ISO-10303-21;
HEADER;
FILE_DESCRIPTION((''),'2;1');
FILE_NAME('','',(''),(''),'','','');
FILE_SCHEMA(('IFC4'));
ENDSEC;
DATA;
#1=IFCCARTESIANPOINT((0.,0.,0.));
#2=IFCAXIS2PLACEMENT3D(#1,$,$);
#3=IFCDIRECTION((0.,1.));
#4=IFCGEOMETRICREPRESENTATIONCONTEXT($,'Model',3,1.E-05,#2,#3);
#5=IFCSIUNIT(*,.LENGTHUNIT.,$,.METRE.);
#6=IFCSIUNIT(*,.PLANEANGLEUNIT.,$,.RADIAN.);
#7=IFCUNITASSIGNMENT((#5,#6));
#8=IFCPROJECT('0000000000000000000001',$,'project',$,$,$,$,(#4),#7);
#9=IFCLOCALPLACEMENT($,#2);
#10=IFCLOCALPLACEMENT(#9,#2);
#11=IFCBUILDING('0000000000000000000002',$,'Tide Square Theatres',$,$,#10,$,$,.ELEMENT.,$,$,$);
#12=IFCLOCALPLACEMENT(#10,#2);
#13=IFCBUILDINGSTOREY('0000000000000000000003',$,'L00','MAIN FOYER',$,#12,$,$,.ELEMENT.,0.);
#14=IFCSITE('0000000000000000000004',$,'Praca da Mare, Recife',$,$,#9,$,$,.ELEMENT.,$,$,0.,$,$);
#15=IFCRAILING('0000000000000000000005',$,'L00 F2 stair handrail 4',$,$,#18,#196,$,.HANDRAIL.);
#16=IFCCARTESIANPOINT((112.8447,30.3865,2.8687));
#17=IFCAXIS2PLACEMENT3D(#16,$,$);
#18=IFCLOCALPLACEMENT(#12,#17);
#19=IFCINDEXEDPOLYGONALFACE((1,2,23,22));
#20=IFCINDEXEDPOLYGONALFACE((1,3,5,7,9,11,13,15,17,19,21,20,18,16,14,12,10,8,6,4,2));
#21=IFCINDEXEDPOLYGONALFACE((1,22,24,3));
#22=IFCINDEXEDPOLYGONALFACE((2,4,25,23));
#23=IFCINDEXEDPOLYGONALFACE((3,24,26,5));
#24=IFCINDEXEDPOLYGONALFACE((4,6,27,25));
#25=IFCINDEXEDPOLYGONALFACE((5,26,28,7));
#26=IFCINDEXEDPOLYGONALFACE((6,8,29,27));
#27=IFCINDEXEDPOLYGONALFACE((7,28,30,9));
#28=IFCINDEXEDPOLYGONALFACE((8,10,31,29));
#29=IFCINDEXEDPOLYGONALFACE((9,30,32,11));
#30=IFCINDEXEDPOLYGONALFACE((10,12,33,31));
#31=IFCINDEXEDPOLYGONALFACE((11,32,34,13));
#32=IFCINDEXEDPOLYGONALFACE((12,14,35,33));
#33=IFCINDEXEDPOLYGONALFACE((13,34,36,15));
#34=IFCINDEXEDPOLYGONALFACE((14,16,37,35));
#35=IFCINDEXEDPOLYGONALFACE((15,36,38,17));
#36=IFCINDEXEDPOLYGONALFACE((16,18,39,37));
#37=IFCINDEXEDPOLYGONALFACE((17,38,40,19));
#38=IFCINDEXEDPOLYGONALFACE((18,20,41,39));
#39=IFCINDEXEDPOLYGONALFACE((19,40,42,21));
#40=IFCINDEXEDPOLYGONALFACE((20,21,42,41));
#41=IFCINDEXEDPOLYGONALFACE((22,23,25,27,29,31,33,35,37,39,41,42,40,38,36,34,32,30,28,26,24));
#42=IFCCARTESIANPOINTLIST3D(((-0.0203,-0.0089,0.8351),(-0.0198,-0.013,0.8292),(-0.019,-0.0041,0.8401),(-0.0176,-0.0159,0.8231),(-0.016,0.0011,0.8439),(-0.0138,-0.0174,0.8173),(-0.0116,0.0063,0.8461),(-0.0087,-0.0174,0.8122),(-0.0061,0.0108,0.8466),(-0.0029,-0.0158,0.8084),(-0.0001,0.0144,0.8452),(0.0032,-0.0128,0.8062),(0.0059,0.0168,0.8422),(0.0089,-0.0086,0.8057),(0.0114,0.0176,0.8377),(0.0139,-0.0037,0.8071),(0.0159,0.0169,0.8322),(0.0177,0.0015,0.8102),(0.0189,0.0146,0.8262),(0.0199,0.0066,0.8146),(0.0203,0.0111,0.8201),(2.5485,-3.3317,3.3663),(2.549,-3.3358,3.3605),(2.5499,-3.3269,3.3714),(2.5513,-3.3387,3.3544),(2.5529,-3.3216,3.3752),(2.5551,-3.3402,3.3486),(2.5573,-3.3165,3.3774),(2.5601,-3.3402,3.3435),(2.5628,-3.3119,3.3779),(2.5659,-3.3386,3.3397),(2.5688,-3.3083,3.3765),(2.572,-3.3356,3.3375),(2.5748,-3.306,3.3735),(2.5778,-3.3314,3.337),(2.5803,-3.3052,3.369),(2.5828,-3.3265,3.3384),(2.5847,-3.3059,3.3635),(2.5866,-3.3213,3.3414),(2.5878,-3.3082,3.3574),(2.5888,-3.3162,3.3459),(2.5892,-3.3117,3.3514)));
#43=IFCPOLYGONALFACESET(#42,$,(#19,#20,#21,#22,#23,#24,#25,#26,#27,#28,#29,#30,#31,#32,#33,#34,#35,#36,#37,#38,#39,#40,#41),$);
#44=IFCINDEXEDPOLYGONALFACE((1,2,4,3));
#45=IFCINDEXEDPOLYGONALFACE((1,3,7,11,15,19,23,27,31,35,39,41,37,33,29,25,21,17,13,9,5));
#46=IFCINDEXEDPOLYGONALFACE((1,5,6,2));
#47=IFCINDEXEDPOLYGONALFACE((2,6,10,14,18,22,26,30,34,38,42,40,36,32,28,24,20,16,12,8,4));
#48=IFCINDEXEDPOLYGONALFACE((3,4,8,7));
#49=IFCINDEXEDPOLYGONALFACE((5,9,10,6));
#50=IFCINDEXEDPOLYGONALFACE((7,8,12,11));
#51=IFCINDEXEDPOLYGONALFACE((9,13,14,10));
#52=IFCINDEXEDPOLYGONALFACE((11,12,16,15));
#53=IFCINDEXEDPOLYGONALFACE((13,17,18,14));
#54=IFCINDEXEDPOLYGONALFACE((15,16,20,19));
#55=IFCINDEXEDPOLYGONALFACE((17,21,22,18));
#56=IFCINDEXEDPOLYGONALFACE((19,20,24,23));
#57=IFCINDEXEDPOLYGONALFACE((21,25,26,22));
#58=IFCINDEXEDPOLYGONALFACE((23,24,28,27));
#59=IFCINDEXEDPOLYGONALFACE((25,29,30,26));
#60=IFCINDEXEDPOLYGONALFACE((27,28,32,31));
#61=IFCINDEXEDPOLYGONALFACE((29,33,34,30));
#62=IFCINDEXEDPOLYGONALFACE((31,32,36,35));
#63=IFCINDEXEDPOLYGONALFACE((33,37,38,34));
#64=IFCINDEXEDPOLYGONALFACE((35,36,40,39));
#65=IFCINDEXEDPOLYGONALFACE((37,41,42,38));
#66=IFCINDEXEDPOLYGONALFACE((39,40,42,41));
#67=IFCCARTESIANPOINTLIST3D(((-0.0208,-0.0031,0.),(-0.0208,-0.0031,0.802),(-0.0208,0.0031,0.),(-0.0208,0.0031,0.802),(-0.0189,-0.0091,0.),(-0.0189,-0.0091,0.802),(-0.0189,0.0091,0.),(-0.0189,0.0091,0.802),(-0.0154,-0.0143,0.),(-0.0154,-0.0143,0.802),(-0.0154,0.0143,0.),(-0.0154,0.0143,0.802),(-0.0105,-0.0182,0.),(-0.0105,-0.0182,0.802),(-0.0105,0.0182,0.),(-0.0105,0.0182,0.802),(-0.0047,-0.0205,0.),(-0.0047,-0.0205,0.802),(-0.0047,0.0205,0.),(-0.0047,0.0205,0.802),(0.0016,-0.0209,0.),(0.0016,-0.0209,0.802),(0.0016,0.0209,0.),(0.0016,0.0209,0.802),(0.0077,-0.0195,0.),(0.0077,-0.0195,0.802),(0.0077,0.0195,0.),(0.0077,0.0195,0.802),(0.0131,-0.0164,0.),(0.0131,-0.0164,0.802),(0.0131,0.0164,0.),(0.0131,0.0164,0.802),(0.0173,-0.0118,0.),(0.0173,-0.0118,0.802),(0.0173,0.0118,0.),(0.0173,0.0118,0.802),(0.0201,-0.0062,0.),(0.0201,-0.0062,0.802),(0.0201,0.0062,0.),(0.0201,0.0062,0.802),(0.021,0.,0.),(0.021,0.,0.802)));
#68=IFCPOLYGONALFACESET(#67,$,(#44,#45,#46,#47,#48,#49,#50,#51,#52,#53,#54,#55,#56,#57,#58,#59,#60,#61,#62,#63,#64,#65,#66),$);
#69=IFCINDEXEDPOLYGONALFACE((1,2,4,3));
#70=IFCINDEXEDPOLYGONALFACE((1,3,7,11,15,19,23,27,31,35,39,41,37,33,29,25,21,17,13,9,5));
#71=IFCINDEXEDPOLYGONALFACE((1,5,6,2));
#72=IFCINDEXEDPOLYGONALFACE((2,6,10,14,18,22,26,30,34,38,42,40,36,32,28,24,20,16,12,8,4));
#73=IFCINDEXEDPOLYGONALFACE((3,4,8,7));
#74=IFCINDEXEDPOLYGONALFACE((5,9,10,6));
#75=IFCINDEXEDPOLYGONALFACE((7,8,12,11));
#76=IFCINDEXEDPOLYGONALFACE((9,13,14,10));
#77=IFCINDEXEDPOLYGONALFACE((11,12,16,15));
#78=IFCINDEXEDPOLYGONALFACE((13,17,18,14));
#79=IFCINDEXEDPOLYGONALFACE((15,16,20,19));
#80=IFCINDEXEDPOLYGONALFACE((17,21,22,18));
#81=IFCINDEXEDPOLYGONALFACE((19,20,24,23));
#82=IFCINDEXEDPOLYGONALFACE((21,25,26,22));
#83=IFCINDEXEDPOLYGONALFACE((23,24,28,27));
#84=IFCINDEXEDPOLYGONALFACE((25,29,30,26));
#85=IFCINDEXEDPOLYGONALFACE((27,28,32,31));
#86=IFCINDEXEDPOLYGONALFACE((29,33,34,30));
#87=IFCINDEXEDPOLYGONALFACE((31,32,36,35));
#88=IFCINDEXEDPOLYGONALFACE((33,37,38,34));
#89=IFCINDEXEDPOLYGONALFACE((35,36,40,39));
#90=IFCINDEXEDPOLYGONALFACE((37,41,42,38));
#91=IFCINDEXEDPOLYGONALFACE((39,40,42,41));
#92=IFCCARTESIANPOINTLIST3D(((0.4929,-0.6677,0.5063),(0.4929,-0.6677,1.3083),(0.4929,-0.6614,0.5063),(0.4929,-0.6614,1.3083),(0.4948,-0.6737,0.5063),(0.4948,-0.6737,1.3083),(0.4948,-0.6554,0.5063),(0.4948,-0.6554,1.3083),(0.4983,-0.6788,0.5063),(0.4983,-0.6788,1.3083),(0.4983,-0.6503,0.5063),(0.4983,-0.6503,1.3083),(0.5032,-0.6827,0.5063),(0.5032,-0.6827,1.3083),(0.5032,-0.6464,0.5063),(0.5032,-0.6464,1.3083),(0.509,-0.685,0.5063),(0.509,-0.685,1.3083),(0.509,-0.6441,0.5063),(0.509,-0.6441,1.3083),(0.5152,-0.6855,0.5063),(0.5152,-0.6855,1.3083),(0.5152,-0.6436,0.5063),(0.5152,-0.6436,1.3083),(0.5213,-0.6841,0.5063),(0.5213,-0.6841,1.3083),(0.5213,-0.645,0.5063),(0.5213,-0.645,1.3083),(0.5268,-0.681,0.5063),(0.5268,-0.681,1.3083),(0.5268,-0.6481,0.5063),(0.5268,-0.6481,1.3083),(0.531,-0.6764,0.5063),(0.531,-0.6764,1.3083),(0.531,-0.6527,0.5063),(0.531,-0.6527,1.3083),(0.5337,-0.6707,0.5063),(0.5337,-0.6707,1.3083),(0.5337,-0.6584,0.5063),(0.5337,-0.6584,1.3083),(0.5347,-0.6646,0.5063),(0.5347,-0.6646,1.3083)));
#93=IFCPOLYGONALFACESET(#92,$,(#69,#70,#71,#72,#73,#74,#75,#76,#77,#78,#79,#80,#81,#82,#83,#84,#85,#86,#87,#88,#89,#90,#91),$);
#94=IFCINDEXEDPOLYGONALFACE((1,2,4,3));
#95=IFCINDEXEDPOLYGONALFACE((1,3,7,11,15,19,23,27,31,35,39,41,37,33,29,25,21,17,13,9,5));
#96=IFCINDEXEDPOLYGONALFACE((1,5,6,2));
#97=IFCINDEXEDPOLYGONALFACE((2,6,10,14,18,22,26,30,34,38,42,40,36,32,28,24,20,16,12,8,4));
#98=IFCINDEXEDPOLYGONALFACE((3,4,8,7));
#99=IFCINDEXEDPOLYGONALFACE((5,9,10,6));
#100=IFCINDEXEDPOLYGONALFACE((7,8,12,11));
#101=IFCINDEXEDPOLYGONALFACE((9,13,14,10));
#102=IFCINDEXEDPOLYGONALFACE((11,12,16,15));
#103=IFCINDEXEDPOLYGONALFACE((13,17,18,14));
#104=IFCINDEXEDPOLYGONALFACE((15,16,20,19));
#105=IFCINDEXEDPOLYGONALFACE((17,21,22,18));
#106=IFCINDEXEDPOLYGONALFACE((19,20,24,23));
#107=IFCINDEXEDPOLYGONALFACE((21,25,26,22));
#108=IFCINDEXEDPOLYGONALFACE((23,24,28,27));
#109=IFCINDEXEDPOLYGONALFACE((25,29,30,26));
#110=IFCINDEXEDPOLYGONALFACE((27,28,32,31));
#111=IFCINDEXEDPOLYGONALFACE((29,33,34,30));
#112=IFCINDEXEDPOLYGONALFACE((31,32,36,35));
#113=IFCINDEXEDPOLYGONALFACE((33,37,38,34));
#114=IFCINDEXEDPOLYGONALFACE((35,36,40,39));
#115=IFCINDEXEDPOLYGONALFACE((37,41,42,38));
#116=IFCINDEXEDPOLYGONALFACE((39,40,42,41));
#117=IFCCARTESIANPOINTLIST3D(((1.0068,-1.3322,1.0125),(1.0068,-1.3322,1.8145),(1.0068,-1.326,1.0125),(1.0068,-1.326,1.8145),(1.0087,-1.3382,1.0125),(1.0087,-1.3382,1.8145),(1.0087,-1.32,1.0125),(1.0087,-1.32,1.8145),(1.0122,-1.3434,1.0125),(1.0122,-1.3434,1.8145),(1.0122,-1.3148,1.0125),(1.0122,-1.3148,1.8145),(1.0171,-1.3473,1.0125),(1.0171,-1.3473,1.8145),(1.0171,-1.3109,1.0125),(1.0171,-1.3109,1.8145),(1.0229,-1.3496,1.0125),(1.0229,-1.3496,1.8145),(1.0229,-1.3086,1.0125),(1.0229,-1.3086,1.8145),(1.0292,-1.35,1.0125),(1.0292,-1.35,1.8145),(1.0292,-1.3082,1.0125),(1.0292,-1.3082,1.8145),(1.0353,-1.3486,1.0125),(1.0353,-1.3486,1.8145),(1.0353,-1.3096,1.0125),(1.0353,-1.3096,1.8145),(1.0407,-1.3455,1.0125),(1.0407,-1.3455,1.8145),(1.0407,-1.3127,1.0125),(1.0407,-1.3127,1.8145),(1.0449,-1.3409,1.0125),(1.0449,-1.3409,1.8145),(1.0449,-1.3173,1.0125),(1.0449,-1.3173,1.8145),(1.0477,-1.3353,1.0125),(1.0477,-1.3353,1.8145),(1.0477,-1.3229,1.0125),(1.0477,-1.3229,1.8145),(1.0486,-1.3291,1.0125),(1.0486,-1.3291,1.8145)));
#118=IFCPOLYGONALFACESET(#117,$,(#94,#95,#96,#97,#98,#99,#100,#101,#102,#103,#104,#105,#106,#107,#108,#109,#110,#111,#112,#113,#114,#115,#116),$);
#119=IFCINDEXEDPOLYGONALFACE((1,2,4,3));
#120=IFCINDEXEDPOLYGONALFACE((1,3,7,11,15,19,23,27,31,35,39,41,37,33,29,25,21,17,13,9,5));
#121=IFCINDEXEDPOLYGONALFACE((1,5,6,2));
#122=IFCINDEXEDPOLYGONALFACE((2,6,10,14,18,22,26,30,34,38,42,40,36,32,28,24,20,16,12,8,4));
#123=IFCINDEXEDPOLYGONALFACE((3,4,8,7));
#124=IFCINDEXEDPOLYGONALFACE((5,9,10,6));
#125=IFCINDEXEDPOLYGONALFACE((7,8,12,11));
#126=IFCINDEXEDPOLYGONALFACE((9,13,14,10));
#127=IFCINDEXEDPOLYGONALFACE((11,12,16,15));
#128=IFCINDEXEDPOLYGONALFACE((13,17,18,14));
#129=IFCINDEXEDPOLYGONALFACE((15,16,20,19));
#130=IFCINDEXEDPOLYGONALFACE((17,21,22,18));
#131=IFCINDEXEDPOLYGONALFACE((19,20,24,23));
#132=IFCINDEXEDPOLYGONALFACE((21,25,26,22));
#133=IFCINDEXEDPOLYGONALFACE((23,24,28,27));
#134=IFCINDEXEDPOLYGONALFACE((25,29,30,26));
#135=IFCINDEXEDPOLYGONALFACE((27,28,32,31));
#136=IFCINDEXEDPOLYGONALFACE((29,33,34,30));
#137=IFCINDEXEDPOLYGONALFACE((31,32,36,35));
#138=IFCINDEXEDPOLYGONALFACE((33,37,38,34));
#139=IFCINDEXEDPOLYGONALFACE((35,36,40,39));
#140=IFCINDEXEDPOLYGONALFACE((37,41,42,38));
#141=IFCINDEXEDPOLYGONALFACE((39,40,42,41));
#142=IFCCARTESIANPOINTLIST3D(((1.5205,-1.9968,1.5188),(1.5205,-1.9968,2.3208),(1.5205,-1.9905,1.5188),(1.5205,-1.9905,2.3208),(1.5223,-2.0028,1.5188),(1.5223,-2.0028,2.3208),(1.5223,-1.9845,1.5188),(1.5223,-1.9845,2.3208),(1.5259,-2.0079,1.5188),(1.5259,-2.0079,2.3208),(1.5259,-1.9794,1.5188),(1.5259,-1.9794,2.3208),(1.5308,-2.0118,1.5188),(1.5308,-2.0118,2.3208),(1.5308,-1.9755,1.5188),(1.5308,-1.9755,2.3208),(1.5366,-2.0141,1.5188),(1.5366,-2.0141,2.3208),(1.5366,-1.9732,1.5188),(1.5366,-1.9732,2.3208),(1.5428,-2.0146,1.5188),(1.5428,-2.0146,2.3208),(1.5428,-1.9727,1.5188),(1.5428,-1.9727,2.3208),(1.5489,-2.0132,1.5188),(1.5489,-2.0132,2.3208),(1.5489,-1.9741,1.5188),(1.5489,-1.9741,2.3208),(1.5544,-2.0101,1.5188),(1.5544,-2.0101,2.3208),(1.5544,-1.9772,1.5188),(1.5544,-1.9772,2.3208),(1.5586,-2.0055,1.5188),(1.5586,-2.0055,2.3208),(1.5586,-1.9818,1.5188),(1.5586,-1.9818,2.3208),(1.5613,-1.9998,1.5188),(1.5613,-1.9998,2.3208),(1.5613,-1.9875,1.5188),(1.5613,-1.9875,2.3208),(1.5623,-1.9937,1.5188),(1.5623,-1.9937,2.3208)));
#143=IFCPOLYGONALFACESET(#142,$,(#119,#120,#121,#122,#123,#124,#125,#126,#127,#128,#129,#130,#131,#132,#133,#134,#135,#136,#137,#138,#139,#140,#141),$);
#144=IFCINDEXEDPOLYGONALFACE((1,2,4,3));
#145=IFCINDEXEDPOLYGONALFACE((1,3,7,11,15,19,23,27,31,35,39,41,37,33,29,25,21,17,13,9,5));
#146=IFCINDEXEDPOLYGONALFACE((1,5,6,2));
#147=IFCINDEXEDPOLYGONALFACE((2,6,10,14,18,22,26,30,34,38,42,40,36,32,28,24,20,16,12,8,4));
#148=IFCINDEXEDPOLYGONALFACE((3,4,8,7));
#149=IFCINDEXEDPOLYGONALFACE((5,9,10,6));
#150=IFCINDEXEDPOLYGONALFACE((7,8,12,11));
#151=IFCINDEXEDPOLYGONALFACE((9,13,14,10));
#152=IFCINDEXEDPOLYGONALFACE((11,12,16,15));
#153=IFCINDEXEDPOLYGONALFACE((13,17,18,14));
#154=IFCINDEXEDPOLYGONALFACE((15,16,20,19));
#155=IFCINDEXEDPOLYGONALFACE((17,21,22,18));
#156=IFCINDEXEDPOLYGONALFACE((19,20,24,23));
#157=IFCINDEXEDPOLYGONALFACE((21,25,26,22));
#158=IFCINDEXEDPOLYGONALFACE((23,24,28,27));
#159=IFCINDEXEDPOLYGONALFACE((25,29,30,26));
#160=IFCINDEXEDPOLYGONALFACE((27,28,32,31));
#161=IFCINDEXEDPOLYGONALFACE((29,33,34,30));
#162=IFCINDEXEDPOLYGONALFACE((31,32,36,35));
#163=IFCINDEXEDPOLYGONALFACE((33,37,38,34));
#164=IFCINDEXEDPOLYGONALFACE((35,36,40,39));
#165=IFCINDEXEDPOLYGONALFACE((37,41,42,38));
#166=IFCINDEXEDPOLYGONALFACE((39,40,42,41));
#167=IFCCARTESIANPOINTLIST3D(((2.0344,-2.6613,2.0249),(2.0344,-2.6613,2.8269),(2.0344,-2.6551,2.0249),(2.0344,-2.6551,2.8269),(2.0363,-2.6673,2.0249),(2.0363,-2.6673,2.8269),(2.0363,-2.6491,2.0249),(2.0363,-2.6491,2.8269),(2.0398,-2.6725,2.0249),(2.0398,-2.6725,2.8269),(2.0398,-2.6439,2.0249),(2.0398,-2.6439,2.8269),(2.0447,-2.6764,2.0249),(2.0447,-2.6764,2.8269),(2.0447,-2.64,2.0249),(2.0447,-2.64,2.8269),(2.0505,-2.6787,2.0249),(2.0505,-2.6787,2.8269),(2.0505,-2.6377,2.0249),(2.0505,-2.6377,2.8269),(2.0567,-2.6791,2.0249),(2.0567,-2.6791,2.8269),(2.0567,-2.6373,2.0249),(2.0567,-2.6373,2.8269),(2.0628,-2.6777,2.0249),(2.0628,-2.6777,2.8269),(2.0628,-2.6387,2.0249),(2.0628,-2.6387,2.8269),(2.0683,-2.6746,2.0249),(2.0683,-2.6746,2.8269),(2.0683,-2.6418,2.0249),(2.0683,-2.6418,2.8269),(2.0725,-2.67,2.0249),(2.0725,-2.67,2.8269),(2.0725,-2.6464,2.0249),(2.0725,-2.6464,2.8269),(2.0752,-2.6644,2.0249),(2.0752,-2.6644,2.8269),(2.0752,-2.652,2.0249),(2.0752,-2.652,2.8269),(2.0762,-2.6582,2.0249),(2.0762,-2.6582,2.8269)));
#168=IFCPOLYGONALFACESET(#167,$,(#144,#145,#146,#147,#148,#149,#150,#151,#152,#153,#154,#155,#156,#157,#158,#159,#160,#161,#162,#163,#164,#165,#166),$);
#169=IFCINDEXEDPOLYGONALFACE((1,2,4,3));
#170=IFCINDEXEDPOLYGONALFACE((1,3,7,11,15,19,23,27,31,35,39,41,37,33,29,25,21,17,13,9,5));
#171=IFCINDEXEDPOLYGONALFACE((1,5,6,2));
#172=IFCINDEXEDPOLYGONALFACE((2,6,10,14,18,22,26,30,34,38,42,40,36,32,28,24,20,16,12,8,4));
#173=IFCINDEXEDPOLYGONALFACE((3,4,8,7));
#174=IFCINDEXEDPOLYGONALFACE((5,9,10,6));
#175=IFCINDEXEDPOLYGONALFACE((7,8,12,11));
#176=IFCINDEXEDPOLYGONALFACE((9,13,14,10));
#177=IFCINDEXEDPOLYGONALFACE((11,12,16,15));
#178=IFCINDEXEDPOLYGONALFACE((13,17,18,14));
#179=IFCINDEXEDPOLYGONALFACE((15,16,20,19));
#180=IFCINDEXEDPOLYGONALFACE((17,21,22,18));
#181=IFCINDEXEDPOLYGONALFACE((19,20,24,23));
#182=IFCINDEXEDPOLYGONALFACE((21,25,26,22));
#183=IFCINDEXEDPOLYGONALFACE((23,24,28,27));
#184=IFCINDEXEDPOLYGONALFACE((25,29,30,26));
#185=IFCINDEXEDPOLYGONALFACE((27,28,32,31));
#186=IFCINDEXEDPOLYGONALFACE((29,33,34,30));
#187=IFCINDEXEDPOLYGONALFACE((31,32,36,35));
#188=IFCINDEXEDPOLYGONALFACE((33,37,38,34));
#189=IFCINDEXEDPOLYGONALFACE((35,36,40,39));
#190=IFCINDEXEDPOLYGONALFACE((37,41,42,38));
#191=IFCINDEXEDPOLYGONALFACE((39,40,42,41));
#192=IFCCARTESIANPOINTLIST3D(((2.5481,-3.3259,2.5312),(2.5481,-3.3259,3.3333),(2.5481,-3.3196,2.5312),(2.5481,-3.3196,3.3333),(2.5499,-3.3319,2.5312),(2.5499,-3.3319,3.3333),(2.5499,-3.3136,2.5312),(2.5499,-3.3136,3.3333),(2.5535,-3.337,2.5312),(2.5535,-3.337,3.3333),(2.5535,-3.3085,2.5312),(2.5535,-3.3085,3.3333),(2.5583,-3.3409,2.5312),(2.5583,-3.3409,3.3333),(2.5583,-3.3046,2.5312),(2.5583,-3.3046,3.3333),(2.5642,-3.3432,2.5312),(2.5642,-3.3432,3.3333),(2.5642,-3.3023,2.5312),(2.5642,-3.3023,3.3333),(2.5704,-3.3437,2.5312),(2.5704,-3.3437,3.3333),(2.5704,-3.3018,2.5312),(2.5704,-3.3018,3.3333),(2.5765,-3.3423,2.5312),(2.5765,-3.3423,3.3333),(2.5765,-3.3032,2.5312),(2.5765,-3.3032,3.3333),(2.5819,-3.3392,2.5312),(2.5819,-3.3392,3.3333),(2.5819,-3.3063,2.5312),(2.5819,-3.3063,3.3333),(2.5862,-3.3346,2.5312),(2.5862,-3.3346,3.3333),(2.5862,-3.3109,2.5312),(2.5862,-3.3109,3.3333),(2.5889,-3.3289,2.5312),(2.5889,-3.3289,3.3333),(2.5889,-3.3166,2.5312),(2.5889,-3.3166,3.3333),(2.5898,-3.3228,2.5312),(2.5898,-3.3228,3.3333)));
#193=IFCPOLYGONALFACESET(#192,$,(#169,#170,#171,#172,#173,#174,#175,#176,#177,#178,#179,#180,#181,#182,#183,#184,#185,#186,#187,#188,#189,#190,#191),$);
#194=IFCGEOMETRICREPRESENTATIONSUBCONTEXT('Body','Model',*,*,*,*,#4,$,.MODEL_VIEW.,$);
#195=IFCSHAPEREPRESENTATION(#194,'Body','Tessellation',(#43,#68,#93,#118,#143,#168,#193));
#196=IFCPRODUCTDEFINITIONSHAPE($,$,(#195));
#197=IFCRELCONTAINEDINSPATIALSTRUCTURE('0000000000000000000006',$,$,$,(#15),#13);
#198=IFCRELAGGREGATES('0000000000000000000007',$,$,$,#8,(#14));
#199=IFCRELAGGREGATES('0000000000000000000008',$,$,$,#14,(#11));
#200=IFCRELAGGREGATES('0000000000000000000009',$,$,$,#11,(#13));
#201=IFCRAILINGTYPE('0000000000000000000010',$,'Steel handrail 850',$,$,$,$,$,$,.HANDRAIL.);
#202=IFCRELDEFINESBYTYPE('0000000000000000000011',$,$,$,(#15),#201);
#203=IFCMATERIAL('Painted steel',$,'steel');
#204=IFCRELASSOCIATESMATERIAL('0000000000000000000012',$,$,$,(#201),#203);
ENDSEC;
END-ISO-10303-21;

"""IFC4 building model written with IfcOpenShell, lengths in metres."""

from ifc_helpers import new_model, si_unit, direction, frame, origin, origin_2d, place, context, subcontext, project, spatial, circle, extrude, material, type_object, element, save


model = new_model("IFC4")

# Units and contexts
model_context = context("Model", 3, precision=1e-05, world=origin(), true_north=direction((0.0, 1.0)))
body_context = subcontext(model_context, "Body", "Model", "MODEL_VIEW")
ifc_project = project(units=[si_unit("LENGTHUNIT", "METRE"), si_unit("PLANEANGLEUNIT", "RADIAN")], contexts=[model_context])

# Site, building, storey
site_placement = place(None, origin())
site = spatial("IfcSite", under=ifc_project, at=site_placement, Name="Praca da Mare, Recife", CompositionType="ELEMENT", RefElevation=0.0)
building_placement = place(site_placement, origin())
building = spatial("IfcBuilding", under=site, at=building_placement, Name="Tide Square Theatres", CompositionType="ELEMENT")
storey_placement = place(building_placement, origin())
storey = spatial("IfcBuildingStorey", under=building, at=storey_placement, Name="L00", Description="MAIN FOYER", CompositionType="ELEMENT", Elevation=0.0)

# Railing
ifc_material_1 = material(Name="Painted steel", Category="steel")
railing_type_1 = type_object("IfcRailingType", Name="Steel handrail 850", PredefinedType="HANDRAIL", material=ifc_material_1)
railing_1_placement = place(storey_placement, frame((112.8447, 30.3865, 2.8687)))
element("IfcRailing", 1, at=railing_1_placement, inside=storey, type_object=railing_type_1, Name="L00 F2 stair handrail 4", PredefinedType="HANDRAIL", context=body_context, shape_type="SweptSolid", body=[
    extrude(circle(Radius=0.0239, at=origin_2d()), frame((0.0, 0.0, 0.8262), z_axis=(0.523852, -0.677593, 0.516185), x_axis=(0.791139, 0.611636, 0.0)), (0.0, 0.0, 1.0), 4.9038),
    extrude(circle(Radius=0.021, at=origin_2d()), origin(), (0.0, 0.0, 1.0), 0.802),
    extrude(circle(Radius=0.021, at=origin_2d()), frame((0.5137, -0.6646, 0.5063)), (0.0, 0.0, 1.0), 0.802),
    extrude(circle(Radius=0.021, at=origin_2d()), frame((1.0276, -1.3291, 1.0125)), (0.0, 0.0, 1.0), 0.802),
    extrude(circle(Radius=0.021, at=origin_2d()), frame((1.5413, -1.9937, 1.5188)), (0.0, 0.0, 1.0), 0.802),
    extrude(circle(Radius=0.021, at=origin_2d()), frame((2.0552, -2.6582, 2.0249)), (0.0, 0.0, 1.0), 0.802),
    extrude(circle(Radius=0.021, at=origin_2d()), frame((2.5688, -3.3228, 2.5312)), (0.0, 0.0, 1.0), 0.802),
])

save(model, "model.ifc")
